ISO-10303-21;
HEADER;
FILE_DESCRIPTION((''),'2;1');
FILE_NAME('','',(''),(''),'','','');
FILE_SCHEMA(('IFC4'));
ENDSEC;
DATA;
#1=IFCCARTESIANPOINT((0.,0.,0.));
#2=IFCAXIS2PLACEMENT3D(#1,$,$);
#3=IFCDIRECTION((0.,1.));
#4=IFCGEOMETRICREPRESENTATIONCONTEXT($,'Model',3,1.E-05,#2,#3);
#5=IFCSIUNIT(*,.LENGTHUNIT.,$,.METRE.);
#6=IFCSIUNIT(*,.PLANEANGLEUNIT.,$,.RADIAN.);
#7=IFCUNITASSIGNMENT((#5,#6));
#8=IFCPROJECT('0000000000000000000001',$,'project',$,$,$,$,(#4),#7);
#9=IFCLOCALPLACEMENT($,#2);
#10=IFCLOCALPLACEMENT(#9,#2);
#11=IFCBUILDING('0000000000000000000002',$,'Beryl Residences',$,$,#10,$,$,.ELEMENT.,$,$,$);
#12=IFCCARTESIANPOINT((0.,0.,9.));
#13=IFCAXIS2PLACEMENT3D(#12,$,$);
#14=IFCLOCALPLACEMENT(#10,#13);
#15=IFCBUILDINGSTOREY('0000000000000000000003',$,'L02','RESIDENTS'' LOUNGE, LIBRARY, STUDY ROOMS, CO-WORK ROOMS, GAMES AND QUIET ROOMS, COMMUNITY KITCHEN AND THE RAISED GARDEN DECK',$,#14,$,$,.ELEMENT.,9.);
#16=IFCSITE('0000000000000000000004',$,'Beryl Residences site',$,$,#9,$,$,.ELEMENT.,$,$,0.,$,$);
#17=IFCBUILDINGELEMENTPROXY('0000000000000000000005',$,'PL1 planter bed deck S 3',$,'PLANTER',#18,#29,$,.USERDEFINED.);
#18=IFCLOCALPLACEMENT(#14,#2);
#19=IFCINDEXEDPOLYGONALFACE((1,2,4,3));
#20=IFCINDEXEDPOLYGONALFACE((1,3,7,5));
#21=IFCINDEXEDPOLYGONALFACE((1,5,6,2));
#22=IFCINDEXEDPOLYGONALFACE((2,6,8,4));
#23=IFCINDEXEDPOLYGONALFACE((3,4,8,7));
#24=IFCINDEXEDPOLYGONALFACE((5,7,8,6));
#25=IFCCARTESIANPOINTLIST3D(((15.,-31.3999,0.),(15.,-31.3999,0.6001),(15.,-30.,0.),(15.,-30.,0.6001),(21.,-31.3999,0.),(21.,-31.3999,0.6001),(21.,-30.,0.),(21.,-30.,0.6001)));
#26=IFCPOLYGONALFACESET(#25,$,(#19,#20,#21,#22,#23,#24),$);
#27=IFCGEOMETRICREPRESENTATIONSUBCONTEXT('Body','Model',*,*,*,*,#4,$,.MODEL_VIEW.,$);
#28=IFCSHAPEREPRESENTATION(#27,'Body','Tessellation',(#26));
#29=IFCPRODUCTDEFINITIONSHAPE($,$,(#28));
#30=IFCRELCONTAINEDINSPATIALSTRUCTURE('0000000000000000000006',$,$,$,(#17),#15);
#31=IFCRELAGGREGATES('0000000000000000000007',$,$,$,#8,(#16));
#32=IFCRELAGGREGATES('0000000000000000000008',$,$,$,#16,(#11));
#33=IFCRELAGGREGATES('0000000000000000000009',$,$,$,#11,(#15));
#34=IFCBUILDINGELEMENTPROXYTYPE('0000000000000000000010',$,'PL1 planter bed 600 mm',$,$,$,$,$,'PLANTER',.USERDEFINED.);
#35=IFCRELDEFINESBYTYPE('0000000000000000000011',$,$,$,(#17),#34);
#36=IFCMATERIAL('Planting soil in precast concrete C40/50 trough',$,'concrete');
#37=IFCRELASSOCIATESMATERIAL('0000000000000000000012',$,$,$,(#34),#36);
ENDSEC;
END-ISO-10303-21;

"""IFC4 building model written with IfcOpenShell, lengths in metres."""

from ifc_helpers import new_model, si_unit, direction, frame, origin, place, context, subcontext, project, spatial, polyline, outline, extrude, material, type_object, element, save


model = new_model("IFC4")

# Units and contexts
model_context = context("Model", 3, precision=1e-05, world=origin(), true_north=direction((0.0, 1.0)))
body_context = subcontext(model_context, "Body", "Model", "MODEL_VIEW")
ifc_project = project(units=[si_unit("LENGTHUNIT", "METRE"), si_unit("PLANEANGLEUNIT", "RADIAN")], contexts=[model_context])

# Site, building, storey
site_placement = place(None, origin())
site = spatial("IfcSite", under=ifc_project, at=site_placement, Name="Beryl Residences site", CompositionType="ELEMENT", RefElevation=0.0)
building_placement = place(site_placement, origin())
building = spatial("IfcBuilding", under=site, at=building_placement, Name="Beryl Residences", CompositionType="ELEMENT")
storey_placement = place(building_placement, frame((0.0, 0.0, 9.0)))
storey = spatial("IfcBuildingStorey", under=building, at=storey_placement, Name="L02", Description="RESIDENTS' LOUNGE, LIBRARY, STUDY ROOMS, CO-WORK ROOMS, GAMES AND QUIET ROOMS, COMMUNITY KITCHEN AND THE RAISED GARDEN DECK", CompositionType="ELEMENT", Elevation=9.0)

# Building element proxy
ifc_material_1 = material(Name="Planting soil in precast concrete C40/50 trough", Category="concrete")
building_element_proxy_type = type_object("IfcBuildingElementProxyType", Name="PL1 planter bed 600 mm", ElementType="PLANTER", PredefinedType="USERDEFINED", material=ifc_material_1)
proxy_1_placement = place(storey_placement, origin())
element("IfcBuildingElementProxy", 1, at=proxy_1_placement, inside=storey, type_object=building_element_proxy_type, Name="PL1 planter bed deck S 3", ObjectType="PLANTER", PredefinedType="USERDEFINED", context=body_context, shape_type="SweptSolid", body=[
    extrude(outline(polyline([(15.0, -31.3999), (21.0, -31.3999), (21.0, -30.0), (15.0, -30.0), (15.0, -31.3999)])), origin(), (0.0, 0.0, 1.0), 0.6001),
])

save(model, "model.ifc")
